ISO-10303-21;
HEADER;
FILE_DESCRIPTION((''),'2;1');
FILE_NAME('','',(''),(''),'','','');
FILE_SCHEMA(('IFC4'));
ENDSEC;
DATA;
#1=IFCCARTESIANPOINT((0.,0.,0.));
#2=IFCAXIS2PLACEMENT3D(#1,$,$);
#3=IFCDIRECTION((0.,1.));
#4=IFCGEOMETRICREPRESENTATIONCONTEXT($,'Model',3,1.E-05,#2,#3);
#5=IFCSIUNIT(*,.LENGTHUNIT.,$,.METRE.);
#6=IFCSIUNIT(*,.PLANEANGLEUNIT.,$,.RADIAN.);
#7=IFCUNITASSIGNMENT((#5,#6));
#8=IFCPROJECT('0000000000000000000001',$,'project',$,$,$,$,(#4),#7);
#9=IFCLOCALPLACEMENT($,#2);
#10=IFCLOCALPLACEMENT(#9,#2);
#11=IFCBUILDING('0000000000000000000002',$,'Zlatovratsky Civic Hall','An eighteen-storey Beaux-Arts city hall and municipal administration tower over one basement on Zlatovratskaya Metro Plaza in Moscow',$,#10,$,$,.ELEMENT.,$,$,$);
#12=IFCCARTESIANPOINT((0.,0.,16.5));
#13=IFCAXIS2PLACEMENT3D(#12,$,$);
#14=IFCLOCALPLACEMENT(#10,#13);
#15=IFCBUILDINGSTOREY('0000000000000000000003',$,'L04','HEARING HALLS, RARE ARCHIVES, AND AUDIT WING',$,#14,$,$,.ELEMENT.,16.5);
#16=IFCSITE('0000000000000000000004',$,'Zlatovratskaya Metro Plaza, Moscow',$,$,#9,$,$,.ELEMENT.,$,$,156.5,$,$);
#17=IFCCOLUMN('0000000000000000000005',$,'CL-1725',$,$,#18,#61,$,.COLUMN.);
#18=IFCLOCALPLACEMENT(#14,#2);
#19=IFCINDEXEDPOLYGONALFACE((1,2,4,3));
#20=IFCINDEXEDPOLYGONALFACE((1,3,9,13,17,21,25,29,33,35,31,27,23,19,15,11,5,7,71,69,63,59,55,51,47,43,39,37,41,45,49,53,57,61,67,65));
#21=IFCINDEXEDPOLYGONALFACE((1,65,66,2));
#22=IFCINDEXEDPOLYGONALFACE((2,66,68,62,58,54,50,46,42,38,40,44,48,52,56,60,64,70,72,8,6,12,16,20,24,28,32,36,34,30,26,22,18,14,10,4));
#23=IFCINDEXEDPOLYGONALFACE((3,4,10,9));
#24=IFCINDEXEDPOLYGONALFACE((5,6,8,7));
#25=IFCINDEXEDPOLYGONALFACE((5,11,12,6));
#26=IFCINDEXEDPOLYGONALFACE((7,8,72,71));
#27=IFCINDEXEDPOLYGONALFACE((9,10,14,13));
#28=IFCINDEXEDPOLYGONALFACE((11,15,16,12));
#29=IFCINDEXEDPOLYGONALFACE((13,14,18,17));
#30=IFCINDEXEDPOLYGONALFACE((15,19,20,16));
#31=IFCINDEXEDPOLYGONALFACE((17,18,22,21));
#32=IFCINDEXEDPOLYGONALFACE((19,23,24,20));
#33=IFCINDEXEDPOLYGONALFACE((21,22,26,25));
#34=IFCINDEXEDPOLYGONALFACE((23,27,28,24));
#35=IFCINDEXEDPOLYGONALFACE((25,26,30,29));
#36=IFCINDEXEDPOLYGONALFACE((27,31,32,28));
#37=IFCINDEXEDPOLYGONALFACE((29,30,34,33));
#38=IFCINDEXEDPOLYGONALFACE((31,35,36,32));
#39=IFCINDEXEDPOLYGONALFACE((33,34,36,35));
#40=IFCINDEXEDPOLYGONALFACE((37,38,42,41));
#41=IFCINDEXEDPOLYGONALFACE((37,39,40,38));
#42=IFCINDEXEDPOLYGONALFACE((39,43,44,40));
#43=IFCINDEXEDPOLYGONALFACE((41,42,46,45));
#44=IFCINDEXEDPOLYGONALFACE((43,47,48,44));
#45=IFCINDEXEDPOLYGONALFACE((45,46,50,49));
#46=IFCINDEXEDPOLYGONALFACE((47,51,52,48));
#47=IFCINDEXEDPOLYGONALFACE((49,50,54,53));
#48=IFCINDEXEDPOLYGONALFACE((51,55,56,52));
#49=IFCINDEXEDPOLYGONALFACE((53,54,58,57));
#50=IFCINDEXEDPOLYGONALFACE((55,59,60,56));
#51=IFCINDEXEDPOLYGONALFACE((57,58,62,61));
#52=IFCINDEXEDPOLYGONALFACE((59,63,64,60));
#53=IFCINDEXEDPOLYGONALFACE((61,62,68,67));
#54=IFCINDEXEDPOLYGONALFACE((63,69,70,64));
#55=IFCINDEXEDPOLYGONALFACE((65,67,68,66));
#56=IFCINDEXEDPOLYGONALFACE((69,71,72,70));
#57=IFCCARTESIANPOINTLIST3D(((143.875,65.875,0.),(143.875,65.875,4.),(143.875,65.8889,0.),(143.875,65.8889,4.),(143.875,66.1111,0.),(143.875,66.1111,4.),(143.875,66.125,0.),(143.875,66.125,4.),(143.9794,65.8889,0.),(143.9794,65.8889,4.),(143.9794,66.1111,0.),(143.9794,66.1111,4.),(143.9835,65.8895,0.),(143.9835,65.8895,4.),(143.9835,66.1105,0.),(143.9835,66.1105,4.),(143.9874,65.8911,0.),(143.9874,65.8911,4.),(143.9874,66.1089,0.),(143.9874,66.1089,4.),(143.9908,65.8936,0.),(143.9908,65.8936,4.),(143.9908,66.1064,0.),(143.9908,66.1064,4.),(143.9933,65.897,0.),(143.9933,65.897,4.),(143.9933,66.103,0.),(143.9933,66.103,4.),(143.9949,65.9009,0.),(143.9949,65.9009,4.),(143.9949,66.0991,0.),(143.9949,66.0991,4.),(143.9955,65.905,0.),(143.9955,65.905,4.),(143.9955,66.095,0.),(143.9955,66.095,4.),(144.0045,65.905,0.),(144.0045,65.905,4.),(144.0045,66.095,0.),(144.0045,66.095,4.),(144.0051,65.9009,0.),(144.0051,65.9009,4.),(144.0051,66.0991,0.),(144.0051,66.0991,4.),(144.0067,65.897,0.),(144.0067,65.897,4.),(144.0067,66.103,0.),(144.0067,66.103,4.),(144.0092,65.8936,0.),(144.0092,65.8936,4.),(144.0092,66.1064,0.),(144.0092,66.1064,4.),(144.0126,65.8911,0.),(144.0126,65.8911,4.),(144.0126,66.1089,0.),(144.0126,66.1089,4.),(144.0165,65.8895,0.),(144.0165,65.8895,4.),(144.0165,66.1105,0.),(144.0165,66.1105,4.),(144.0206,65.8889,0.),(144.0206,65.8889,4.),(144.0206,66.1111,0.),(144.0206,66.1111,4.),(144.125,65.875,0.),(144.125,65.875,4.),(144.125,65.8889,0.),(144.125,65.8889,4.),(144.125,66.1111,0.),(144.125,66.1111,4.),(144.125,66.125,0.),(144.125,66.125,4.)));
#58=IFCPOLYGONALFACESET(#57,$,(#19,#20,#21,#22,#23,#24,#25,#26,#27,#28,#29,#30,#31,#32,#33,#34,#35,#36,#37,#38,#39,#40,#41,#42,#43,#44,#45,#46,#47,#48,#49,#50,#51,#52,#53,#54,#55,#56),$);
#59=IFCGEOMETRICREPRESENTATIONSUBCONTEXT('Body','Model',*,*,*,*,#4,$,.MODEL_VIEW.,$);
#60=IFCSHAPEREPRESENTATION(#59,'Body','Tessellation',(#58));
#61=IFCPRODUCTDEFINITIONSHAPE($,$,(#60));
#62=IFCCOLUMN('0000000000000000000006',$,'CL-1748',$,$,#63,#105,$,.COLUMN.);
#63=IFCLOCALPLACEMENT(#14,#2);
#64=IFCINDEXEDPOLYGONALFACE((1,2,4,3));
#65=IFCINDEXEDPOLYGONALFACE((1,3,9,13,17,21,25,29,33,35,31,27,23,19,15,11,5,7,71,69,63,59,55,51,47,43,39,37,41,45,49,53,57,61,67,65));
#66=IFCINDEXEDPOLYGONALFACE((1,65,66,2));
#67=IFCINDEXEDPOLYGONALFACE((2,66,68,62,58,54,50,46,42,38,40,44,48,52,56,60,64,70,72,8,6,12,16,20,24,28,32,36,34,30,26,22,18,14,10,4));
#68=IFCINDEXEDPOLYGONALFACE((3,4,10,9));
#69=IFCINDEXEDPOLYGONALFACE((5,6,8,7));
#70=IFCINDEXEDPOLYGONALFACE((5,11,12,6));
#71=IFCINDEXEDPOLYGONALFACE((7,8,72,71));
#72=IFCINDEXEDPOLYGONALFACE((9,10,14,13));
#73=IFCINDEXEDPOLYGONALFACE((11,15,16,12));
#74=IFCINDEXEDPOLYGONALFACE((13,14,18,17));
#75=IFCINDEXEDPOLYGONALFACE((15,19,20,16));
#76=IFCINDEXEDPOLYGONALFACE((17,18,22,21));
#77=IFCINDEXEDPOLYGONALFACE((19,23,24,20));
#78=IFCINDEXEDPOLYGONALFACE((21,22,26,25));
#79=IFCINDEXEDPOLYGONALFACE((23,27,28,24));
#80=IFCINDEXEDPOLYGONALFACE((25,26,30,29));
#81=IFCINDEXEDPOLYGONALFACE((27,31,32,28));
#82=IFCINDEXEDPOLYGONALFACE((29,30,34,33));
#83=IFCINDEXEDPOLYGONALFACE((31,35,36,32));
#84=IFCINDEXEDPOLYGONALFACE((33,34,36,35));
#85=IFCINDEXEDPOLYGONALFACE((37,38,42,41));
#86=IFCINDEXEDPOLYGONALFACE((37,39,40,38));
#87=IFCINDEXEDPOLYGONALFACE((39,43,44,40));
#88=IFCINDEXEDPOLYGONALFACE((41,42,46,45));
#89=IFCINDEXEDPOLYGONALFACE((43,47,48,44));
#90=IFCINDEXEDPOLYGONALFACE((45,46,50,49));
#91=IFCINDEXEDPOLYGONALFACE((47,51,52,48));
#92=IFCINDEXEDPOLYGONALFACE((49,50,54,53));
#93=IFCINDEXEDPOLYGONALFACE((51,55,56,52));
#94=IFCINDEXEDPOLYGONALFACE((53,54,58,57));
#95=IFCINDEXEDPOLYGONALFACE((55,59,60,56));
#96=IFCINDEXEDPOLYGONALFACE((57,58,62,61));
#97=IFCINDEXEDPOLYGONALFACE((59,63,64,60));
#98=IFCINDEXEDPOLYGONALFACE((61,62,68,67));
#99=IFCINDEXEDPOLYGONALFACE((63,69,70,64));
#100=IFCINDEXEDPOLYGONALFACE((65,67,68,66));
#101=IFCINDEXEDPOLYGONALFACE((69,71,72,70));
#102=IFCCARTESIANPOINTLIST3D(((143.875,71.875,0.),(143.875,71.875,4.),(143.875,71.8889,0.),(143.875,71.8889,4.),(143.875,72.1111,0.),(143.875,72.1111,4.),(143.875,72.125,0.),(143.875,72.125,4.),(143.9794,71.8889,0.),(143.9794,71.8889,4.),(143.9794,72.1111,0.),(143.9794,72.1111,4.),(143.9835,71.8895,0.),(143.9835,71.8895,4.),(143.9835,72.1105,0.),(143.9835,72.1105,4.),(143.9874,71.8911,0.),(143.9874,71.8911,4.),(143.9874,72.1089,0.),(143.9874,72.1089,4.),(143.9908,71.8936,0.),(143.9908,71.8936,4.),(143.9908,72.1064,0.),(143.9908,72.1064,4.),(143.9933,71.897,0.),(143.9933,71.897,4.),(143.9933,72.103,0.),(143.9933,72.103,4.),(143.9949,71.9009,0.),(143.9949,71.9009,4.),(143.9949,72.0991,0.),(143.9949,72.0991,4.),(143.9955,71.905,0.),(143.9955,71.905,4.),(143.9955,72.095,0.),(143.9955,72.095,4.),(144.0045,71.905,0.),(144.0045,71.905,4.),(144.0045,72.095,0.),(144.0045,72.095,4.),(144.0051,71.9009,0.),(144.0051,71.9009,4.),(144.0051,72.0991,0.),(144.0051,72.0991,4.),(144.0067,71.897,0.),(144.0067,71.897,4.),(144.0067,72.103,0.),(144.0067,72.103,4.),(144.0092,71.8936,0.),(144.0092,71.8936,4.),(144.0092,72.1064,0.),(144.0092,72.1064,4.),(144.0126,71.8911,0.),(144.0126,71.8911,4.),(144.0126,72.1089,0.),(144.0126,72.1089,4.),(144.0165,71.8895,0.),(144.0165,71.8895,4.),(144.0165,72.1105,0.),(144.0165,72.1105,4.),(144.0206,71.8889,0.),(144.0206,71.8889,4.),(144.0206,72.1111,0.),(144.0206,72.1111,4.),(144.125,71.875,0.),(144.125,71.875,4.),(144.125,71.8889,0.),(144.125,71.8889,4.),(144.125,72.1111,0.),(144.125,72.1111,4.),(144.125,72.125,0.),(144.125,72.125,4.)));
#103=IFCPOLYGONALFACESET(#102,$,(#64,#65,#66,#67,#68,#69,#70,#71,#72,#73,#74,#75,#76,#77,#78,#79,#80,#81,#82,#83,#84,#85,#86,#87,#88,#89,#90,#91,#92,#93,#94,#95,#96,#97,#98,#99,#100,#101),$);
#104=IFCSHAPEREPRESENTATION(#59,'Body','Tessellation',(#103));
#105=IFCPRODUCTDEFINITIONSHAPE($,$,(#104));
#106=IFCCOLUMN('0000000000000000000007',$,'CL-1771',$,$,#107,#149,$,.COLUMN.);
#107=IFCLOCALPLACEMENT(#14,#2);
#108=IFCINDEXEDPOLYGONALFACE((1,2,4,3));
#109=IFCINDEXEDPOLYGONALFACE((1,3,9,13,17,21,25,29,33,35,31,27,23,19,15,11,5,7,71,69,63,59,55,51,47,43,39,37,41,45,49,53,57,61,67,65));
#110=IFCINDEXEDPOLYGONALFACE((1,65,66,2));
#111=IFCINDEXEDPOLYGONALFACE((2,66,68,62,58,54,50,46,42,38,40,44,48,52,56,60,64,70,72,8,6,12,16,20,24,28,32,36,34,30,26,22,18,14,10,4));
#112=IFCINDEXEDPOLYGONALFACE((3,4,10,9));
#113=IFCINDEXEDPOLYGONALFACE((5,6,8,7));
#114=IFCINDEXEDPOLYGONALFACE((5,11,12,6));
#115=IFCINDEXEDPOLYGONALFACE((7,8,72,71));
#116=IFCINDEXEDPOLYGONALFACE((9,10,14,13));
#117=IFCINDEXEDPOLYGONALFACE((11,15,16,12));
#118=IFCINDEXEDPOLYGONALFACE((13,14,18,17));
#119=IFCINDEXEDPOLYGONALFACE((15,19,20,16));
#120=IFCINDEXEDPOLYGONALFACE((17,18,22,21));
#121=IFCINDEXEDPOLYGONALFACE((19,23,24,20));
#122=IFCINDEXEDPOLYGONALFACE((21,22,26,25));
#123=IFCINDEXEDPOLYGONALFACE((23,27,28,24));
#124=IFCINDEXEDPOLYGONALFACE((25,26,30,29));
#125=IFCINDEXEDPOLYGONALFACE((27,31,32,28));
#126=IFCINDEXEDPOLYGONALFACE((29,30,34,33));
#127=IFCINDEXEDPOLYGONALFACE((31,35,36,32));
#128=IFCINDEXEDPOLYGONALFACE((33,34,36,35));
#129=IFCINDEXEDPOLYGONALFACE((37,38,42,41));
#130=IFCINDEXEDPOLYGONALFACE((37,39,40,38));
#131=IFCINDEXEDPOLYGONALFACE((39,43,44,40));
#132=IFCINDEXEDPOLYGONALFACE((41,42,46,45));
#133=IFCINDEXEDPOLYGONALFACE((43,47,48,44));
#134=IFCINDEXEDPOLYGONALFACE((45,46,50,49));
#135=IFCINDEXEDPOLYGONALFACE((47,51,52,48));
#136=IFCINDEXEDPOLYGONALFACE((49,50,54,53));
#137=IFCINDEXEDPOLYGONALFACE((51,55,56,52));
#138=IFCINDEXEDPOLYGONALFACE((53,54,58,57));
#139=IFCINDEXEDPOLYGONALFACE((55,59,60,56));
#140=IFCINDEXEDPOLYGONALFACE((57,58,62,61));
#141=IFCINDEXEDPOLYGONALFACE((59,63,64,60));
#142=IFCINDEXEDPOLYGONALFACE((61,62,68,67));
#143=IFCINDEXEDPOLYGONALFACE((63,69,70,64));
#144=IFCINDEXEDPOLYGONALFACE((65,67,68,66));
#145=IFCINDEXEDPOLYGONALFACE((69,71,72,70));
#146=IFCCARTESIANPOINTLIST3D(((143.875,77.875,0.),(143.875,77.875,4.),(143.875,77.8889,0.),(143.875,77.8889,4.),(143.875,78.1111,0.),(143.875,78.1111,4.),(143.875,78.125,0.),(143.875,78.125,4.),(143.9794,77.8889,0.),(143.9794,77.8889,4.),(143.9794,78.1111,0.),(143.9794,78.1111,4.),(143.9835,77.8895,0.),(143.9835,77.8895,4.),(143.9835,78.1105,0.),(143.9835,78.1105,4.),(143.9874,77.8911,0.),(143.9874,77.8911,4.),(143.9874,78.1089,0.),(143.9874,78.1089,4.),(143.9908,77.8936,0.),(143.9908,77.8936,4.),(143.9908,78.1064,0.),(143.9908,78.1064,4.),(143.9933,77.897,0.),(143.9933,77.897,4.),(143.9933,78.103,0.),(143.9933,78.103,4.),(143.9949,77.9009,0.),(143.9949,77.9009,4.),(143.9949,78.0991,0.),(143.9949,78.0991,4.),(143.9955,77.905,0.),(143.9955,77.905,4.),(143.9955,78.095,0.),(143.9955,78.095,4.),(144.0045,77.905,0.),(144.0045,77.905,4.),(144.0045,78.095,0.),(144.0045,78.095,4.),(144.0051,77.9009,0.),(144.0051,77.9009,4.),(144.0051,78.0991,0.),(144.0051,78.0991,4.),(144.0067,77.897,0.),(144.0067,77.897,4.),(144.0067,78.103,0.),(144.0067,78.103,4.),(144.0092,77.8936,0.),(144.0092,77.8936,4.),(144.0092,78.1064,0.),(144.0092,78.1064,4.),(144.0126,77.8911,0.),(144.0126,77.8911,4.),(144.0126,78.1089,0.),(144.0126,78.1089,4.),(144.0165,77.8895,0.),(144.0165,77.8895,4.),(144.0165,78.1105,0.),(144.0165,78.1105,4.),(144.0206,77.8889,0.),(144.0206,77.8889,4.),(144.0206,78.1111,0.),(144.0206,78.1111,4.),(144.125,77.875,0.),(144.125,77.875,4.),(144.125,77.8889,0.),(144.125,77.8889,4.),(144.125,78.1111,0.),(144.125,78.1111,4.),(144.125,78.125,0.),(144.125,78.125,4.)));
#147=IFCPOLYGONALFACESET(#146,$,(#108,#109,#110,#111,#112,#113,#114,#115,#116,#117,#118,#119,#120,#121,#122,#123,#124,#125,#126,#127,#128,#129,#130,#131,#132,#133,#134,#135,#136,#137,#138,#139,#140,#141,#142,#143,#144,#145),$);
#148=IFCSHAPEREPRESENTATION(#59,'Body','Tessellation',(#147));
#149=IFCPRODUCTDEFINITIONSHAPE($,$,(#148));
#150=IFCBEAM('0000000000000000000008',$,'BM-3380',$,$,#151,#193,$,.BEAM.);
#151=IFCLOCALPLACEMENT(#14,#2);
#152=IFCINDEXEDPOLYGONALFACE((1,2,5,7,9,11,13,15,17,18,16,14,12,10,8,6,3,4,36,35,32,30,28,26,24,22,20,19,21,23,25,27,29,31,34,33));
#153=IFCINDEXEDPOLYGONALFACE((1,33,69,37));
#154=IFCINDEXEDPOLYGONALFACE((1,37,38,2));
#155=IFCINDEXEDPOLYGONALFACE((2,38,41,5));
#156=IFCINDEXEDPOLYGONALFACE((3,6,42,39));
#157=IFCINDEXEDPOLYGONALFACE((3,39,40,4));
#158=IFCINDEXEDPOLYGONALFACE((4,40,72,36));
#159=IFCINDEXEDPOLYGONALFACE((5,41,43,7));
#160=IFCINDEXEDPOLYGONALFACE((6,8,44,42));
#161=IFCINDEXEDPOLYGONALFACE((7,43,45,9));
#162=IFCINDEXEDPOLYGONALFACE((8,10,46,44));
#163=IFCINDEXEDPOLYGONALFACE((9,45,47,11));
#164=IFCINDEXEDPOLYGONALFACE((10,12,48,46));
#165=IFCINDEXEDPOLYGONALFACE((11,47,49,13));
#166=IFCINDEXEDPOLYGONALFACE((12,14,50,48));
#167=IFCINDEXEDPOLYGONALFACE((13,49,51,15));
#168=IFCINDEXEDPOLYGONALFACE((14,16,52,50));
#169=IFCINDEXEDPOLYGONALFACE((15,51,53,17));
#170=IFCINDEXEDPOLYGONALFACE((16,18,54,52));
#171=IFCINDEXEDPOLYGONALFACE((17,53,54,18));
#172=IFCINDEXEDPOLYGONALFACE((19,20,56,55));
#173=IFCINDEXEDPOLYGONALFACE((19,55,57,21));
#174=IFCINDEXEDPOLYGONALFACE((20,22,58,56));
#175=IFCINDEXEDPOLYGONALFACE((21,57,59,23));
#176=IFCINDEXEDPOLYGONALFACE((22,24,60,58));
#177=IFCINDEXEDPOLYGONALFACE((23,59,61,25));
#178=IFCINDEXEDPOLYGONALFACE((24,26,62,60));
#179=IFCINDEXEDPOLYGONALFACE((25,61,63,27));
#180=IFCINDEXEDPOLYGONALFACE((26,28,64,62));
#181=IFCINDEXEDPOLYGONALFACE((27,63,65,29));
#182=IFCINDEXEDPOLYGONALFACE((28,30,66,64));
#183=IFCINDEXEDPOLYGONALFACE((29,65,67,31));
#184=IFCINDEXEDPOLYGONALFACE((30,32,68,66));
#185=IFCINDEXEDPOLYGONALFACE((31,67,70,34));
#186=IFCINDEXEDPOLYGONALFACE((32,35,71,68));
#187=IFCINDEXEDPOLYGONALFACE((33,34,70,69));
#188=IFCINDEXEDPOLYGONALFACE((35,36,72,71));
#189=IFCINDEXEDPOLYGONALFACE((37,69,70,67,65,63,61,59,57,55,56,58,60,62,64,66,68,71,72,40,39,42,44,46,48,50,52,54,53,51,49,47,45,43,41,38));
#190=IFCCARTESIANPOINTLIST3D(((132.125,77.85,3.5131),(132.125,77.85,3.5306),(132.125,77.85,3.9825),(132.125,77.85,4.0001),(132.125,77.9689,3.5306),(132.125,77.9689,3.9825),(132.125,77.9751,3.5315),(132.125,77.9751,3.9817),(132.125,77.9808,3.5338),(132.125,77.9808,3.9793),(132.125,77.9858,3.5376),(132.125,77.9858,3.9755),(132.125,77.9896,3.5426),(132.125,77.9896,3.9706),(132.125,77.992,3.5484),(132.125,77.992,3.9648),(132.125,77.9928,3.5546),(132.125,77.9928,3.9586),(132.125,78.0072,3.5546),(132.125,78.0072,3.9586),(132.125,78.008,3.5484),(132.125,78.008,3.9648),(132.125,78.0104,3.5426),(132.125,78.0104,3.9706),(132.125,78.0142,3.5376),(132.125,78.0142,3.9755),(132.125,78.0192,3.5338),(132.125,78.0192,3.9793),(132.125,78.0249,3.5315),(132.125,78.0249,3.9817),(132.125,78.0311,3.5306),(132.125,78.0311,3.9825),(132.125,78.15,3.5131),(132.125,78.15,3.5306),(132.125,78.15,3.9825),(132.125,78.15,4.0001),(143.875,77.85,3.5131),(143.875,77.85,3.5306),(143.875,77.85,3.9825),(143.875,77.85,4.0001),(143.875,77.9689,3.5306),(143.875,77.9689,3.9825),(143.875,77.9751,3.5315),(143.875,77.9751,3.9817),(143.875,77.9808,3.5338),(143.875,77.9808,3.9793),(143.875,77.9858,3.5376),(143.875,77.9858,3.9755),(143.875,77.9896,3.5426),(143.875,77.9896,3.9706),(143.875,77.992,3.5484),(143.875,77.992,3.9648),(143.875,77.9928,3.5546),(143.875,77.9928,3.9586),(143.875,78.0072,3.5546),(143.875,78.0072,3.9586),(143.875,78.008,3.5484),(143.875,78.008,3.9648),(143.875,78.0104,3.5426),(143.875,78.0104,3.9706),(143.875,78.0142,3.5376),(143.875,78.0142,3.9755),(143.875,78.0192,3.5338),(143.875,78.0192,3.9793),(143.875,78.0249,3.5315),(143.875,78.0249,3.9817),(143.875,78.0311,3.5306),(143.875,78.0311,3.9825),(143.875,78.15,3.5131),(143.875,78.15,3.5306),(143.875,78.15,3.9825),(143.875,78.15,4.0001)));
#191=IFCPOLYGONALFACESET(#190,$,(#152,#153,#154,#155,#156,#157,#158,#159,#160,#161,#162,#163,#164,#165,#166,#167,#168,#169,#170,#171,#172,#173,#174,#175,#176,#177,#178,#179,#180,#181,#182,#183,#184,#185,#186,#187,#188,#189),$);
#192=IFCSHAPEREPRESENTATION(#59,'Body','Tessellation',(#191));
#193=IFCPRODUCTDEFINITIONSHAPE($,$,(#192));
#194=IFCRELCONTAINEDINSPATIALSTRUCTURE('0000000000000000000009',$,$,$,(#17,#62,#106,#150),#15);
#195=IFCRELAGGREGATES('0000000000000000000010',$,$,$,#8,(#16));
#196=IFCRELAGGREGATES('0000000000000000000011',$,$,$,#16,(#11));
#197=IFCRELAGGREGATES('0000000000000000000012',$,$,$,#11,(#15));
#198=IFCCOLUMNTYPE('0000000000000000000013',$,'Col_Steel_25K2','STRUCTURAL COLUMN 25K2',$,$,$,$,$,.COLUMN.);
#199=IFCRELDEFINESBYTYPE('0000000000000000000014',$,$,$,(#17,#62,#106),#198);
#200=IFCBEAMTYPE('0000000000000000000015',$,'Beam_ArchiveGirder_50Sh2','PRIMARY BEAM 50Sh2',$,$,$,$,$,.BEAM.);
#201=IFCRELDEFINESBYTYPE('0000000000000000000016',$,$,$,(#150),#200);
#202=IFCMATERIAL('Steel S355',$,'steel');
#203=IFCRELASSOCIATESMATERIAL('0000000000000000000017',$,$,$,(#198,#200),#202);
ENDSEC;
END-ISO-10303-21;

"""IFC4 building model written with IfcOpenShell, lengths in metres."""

from ifc_helpers import new_model, si_unit, direction, frame, origin, origin_2d, place, context, subcontext, project, spatial, i_section, extrude, material, material_profile, profile_set, type_object, element, save


model = new_model("IFC4")

# Units and contexts
model_context = context("Model", 3, precision=1e-05, world=origin(), true_north=direction((0.0, 1.0)))
body_context = subcontext(model_context, "Body", "Model", "MODEL_VIEW")
ifc_project = project(units=[si_unit("LENGTHUNIT", "METRE"), si_unit("PLANEANGLEUNIT", "RADIAN")], contexts=[model_context])

# Site, building, storey
site_placement = place(None, origin())
site = spatial("IfcSite", under=ifc_project, at=site_placement, Name="Zlatovratskaya Metro Plaza, Moscow", CompositionType="ELEMENT", RefElevation=156.5)
building_placement = place(site_placement, origin())
building = spatial("IfcBuilding", under=site, at=building_placement, Name="Zlatovratsky Civic Hall", Description="An eighteen-storey Beaux-Arts city hall and municipal administration tower over one basement on Zlatovratskaya Metro Plaza in Moscow", CompositionType="ELEMENT")
storey_placement = place(building_placement, frame((0.0, 0.0, 16.5)))
storey = spatial("IfcBuildingStorey", under=building, at=storey_placement, Name="L04", Description="HEARING HALLS, RARE ARCHIVES, AND AUDIT WING", CompositionType="ELEMENT", Elevation=16.5)

# Columns
ifc_material_1 = material(Name="Steel S355", Category="steel")
ifc_material_profile_1 = material_profile(ifc_material_1, i_section(OverallWidth=0.25, OverallDepth=0.25, WebThickness=0.009, FlangeThickness=0.0139, FilletRadius=0.0161, at=origin_2d()), Name="25K2")
ifc_profile_set_1 = profile_set([ifc_material_profile_1], Name="Steel S355")
column_type = type_object("IfcColumnType", Name="Col_Steel_25K2", Description="STRUCTURAL COLUMN 25K2", PredefinedType="COLUMN", material=ifc_profile_set_1)
for number, where, z_axis, x_axis, name in (
    (1, (144.0, 66.0, 0.0), (0.0, 0.0, 1.0), (1.0, 0.0, 0.0), "CL-1725"),
    (2, (144.0, 72.0, 0.0), (0.0, 0.0, 1.0), (1.0, 0.0, 0.0), "CL-1748"),
    (3, (144.0, 78.0, 0.0), (0.0, 0.0, 1.0), (1.0, 0.0, 0.0), "CL-1771"),
):
    element("IfcColumn", number, at=place(storey_placement, frame(where, z_axis=z_axis, x_axis=x_axis)), inside=storey, type_object=column_type, Name=name, PredefinedType="COLUMN", context=body_context, shape_type="SweptSolid", body=[
        extrude(i_section(OverallWidth=0.25, OverallDepth=0.25, WebThickness=0.009, FlangeThickness=0.0139, FilletRadius=0.0161, at=origin_2d()), origin(), (0.0, 0.0, 1.0), 4.0),
    ])

# Beam
ifc_material_profile_2 = material_profile(ifc_material_1, i_section(OverallWidth=0.3, OverallDepth=0.4871, WebThickness=0.0144, FlangeThickness=0.0176, FilletRadius=0.0239, at=origin_2d()), Name="50Sh2")
ifc_profile_set_2 = profile_set([ifc_material_profile_2], Name="Steel S355")
beam_type_1 = type_object("IfcBeamType", Name="Beam_ArchiveGirder_50Sh2", Description="PRIMARY BEAM 50Sh2", PredefinedType="BEAM", material=ifc_profile_set_2)
beam_placement = place(storey_placement, frame((132.125, 78.0, 3.7566), z_axis=(1.0, 0.0, 0.0), x_axis=(0.0, 1.0, 0.0)))
element("IfcBeam", 4, at=beam_placement, inside=storey, type_object=beam_type_1, Name="BM-3380", PredefinedType="BEAM", context=body_context, shape_type="SweptSolid", body=[
    extrude(i_section(OverallWidth=0.3, OverallDepth=0.4871, WebThickness=0.0144, FlangeThickness=0.0176, FilletRadius=0.0239, at=origin_2d()), origin(), (0.0, 0.0, 1.0), 11.75),
])

save(model, "model.ifc")
